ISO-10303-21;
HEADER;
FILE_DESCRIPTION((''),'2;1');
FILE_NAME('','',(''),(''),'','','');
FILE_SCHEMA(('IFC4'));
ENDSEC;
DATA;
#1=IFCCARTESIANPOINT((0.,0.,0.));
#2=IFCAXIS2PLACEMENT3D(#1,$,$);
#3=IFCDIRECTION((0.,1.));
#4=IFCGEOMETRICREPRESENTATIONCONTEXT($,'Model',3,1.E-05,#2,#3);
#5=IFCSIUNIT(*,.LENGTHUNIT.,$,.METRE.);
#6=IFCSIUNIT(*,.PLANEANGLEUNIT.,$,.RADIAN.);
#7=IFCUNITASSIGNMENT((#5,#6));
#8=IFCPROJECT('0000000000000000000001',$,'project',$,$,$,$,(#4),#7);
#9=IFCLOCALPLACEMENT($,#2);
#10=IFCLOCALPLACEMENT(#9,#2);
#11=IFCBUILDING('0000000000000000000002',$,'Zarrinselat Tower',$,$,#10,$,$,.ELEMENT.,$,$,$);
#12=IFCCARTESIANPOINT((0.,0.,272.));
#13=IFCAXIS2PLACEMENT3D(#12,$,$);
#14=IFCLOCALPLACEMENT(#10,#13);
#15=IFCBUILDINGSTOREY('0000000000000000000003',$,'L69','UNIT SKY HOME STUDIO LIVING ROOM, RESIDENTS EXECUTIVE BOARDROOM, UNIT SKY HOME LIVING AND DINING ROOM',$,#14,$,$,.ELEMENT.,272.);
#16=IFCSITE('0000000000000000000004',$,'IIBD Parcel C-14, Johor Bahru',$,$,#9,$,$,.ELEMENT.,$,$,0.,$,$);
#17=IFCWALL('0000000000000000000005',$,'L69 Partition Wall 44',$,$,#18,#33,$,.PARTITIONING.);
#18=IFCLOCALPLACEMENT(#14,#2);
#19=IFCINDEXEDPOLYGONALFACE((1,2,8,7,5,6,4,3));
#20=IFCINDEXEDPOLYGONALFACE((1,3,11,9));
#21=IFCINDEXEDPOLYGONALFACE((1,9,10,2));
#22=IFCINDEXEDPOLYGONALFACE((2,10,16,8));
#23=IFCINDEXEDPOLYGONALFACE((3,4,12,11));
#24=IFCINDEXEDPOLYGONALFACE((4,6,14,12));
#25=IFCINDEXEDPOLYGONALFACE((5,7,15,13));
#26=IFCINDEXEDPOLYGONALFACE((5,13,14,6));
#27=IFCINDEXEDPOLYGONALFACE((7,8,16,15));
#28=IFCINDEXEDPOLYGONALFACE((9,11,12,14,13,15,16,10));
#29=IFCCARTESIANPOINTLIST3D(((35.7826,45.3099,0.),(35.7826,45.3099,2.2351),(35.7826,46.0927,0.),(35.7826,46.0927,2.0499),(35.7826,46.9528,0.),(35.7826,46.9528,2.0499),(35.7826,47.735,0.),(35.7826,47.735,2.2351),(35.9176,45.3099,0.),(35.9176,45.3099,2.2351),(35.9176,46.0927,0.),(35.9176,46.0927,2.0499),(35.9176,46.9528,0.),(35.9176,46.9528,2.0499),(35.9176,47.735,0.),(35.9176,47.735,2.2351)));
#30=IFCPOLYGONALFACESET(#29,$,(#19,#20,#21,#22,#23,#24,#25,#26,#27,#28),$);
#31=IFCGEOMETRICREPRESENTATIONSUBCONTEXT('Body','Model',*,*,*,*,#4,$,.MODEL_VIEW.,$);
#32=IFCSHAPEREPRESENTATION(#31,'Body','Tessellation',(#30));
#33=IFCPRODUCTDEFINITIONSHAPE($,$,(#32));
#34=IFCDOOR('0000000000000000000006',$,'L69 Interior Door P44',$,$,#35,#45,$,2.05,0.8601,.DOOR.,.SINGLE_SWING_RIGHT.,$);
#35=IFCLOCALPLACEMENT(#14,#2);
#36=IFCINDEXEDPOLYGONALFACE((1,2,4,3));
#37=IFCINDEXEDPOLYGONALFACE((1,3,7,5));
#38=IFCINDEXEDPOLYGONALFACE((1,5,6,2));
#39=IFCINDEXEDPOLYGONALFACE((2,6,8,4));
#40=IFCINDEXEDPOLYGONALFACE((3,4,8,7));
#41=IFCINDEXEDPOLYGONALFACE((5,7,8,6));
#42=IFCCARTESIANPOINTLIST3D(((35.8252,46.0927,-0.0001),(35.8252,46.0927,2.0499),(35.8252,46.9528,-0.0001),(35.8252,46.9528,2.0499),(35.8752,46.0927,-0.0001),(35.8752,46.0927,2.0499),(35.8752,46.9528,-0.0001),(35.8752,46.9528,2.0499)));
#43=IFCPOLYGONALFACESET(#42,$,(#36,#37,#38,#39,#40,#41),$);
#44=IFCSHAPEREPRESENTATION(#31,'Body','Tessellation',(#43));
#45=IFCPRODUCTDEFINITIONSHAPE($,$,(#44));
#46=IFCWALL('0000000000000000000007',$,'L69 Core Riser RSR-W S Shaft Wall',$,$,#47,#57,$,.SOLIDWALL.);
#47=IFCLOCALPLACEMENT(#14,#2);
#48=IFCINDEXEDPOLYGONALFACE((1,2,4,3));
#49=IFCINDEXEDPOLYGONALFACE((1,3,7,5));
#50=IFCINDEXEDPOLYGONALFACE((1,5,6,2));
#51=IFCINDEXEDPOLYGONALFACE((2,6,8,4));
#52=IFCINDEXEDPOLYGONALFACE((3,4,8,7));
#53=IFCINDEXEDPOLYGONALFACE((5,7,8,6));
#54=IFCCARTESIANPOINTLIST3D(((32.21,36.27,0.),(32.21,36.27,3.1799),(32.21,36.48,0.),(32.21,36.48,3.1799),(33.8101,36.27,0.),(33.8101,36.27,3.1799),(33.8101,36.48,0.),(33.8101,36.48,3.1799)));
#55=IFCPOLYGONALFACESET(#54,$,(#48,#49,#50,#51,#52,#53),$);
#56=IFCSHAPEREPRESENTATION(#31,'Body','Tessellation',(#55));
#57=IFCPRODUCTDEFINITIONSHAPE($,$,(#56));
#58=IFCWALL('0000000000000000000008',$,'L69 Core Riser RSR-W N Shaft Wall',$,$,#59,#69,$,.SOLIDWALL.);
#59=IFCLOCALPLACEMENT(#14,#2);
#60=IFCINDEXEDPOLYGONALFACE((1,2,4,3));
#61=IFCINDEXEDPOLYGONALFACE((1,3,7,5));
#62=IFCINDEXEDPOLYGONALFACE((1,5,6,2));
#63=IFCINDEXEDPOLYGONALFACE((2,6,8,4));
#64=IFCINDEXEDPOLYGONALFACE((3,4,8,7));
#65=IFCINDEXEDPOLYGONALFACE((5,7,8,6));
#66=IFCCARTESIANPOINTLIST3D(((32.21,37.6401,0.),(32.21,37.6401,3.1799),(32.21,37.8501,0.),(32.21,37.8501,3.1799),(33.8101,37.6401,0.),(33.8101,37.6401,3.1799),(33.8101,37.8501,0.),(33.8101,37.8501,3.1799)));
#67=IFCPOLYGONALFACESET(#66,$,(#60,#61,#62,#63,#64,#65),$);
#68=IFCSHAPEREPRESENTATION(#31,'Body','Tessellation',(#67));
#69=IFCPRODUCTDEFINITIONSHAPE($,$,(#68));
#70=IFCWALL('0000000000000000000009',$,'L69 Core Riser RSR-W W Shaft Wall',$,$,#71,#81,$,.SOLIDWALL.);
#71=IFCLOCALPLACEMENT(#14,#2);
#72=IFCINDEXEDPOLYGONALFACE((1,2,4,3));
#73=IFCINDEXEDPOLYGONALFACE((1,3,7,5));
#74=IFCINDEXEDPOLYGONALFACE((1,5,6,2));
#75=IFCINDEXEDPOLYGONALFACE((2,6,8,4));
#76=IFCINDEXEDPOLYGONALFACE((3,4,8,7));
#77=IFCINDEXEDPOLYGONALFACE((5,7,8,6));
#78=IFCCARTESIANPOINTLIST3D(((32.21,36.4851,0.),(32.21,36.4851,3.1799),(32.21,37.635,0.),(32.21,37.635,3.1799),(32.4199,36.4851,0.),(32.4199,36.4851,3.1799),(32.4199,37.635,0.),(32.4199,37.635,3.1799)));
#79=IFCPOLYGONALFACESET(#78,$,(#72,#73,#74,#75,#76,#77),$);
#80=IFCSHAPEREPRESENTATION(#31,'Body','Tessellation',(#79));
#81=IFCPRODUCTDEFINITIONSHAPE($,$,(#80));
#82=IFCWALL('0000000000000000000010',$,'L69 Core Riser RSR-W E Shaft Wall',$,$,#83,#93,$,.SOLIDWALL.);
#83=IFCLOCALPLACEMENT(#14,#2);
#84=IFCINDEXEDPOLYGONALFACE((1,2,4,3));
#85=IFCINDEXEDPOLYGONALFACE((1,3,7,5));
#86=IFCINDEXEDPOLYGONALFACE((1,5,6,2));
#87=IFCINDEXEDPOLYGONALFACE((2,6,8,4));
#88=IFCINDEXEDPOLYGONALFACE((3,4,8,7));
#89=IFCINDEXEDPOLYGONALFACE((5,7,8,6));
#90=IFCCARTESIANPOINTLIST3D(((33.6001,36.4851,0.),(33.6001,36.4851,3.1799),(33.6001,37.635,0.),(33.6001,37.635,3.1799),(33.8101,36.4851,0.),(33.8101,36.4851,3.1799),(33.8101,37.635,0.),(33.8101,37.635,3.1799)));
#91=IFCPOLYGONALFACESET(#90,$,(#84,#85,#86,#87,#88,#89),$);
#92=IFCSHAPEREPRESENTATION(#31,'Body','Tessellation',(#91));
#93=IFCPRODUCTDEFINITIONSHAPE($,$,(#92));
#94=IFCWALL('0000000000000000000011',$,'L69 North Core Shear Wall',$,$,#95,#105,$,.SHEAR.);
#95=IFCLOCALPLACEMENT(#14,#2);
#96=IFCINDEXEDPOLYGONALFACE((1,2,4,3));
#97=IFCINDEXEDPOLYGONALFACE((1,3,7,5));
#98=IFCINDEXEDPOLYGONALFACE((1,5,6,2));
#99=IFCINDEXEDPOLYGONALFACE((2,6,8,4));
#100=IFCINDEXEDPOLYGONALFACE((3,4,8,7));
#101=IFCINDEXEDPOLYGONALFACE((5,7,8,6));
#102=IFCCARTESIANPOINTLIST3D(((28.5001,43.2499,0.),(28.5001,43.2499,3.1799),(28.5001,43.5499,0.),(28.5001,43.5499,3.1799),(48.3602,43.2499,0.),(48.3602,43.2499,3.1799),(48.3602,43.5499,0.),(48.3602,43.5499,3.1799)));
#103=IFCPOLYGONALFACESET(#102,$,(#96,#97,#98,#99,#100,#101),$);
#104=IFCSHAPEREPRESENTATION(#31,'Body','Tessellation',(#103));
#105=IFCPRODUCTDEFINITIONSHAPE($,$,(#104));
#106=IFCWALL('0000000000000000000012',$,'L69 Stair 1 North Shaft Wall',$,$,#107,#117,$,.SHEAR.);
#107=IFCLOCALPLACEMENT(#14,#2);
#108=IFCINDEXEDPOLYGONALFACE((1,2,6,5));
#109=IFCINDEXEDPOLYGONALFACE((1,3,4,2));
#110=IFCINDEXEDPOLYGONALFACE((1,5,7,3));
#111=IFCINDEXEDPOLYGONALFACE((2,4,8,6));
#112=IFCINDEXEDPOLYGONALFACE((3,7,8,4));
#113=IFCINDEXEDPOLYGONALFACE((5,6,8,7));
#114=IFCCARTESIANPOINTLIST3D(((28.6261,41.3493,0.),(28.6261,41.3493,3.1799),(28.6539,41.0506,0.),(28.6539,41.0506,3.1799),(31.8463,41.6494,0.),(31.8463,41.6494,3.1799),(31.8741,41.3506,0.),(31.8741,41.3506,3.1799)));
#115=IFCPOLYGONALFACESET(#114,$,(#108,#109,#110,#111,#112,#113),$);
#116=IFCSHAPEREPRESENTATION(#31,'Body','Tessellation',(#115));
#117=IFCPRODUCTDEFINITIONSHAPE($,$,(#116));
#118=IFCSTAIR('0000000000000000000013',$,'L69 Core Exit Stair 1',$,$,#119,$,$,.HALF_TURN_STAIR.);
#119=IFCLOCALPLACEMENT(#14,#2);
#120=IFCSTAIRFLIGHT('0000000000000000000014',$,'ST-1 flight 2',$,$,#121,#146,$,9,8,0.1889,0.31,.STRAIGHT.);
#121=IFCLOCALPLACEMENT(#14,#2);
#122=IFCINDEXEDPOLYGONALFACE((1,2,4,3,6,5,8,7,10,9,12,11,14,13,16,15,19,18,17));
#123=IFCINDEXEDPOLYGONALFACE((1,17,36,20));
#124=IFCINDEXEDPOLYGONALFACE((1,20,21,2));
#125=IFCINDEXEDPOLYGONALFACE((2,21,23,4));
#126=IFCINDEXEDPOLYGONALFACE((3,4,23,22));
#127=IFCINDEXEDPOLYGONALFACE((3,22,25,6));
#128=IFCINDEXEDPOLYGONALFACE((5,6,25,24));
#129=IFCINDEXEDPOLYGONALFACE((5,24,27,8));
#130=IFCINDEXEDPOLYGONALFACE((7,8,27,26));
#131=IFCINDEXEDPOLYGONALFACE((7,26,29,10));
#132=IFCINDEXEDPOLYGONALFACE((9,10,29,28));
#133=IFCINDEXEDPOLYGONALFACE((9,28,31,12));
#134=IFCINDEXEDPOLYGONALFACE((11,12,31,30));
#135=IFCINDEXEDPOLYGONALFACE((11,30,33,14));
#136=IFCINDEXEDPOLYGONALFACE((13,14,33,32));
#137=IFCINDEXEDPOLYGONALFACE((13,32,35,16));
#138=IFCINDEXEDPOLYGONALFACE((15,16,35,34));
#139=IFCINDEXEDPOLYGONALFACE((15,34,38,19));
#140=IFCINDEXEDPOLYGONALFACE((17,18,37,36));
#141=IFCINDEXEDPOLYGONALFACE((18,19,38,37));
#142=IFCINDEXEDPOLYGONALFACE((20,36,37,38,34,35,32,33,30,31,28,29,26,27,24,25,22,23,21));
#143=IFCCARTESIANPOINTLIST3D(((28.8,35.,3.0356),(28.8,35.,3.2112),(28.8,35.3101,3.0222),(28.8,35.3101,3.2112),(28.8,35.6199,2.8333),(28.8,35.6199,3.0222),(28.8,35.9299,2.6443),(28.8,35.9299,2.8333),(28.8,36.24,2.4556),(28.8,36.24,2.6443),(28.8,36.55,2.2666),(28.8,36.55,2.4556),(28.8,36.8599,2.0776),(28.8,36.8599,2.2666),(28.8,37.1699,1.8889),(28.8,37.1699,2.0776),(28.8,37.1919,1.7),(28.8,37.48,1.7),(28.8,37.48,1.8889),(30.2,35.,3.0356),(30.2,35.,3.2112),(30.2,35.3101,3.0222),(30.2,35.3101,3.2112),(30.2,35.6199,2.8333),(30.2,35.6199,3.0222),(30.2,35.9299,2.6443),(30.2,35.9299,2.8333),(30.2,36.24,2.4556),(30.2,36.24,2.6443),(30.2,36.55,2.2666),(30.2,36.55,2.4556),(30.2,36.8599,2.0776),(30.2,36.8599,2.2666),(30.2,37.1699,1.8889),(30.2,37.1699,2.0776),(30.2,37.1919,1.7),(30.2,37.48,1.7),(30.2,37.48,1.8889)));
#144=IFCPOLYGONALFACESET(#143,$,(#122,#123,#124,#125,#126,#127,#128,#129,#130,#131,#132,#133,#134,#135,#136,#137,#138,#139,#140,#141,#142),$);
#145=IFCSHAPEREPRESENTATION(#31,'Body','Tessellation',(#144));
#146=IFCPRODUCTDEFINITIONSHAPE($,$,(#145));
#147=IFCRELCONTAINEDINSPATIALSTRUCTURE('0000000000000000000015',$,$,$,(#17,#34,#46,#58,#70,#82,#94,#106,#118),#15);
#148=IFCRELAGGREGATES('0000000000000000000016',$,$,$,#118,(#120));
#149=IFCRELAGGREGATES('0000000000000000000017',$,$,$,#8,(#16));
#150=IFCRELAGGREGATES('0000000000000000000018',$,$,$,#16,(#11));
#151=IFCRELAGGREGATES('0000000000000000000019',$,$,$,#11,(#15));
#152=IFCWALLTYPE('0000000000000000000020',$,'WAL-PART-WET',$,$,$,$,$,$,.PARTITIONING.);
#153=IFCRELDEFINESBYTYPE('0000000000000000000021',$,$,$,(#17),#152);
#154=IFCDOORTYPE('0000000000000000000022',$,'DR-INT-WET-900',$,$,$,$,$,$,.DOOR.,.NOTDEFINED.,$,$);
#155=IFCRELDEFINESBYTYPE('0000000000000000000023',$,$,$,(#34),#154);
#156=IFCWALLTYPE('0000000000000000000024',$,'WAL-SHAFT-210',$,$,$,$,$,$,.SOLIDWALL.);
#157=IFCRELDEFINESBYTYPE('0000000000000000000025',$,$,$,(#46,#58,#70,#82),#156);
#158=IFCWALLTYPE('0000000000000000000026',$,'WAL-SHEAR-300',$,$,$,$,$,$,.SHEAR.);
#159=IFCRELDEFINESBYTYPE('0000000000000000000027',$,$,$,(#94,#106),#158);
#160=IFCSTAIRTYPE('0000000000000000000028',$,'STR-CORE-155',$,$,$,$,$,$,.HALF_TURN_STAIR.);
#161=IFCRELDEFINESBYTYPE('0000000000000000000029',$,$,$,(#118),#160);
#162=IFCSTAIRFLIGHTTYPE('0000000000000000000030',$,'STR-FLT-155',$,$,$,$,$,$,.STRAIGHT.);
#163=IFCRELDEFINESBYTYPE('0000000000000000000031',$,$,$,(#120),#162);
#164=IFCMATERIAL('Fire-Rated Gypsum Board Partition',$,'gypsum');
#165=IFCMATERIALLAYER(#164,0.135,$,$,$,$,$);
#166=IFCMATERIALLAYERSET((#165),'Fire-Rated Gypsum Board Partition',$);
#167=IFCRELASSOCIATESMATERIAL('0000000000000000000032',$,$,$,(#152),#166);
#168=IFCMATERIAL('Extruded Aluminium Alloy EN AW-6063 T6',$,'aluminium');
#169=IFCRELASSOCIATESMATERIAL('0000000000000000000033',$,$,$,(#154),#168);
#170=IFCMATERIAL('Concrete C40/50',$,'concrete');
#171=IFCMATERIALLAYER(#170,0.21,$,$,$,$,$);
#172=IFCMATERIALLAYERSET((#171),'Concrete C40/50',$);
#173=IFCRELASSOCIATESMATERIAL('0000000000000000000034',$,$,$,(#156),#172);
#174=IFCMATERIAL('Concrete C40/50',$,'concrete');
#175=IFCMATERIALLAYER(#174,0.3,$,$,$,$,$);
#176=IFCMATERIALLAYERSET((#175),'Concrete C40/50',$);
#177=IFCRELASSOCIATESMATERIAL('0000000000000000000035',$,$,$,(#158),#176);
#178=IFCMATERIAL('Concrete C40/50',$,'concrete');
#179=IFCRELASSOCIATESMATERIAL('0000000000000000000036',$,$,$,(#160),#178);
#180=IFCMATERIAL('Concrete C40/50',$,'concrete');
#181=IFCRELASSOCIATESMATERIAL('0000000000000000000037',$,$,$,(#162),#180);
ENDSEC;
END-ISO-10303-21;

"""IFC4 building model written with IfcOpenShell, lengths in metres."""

from ifc_helpers import new_model, si_unit, direction, frame, frame_2d, origin, place, context, subcontext, project, spatial, polyline, rectangle, outline, extrude, material, layer, layer_set, type_object, element, fill, aggregate, save


model = new_model("IFC4")

# Units and contexts
model_context = context("Model", 3, precision=1e-05, world=origin(), true_north=direction((0.0, 1.0)))
body_context = subcontext(model_context, "Body", "Model", "MODEL_VIEW")
ifc_project = project(units=[si_unit("LENGTHUNIT", "METRE"), si_unit("PLANEANGLEUNIT", "RADIAN")], contexts=[model_context])

# Site, building, storey
site_placement = place(None, origin())
site = spatial("IfcSite", under=ifc_project, at=site_placement, Name="IIBD Parcel C-14, Johor Bahru", CompositionType="ELEMENT", RefElevation=0.0)
building_placement = place(site_placement, origin())
building = spatial("IfcBuilding", under=site, at=building_placement, Name="Zarrinselat Tower", CompositionType="ELEMENT")
storey_placement = place(building_placement, frame((0.0, 0.0, 272.0)))
storey = spatial("IfcBuildingStorey", under=building, at=storey_placement, Name="L69", Description="UNIT SKY HOME STUDIO LIVING ROOM, RESIDENTS EXECUTIVE BOARDROOM, UNIT SKY HOME LIVING AND DINING ROOM", CompositionType="ELEMENT", Elevation=272.0)

# Wall, opening, door
ifc_material_1 = material(Name="Fire-Rated Gypsum Board Partition", Category="gypsum")
ifc_layer_1 = layer(ifc_material_1, 0.135)
ifc_layer_set_1 = layer_set([ifc_layer_1], Name="Fire-Rated Gypsum Board Partition")
wall_type_1 = type_object("IfcWallType", Name="WAL-PART-WET", PredefinedType="PARTITIONING", material=ifc_layer_set_1)
wall_1_placement = place(storey_placement, frame((35.8501, 45.3101, 0.0), z_axis=(0.0, 0.0, 1.0), x_axis=(0.0, 1.0, 0.0)))
wall_1 = element("IfcWall", 1, at=wall_1_placement, inside=storey, type_object=wall_type_1, Name="L69 Partition Wall 44", PredefinedType="PARTITIONING", context=body_context, shape_type="SweptSolid", body=[
    extrude(rectangle(XDim=2.425, YDim=0.135, at=frame_2d((1.2124, 0.0))), origin(), (0.0, 0.0, 1.0), 2.2351),
])
opening_placement = place(wall_1_placement, frame((0.7825, 0.0, 0.0)))
opening = element("IfcOpeningElement", 2, at=opening_placement, cuts=wall_1, PredefinedType="OPENING", context=body_context, shape_type="SweptSolid", body=[
    extrude(rectangle(XDim=0.8601, YDim=2.05, at=frame_2d((0.4302, 1.0249))), frame((0.0, 0.0774, 0.0), z_axis=(0.0, -1.0, 0.0), x_axis=(1.0, 0.0, 0.0)), (0.0, 0.0, 1.0), 0.155),
])
ifc_material_2 = material(Name="Extruded Aluminium Alloy EN AW-6063 T6", Category="aluminium")
door_type = type_object("IfcDoorType", Name="DR-INT-WET-900", OperationType="NOTDEFINED", PredefinedType="DOOR", material=ifc_material_2)
door_placement = place(opening_placement, origin())
door = element("IfcDoor", 3, at=door_placement, inside=storey, type_object=door_type, Name="L69 Interior Door P44", OperationType="SINGLE_SWING_RIGHT", OverallHeight=2.05, OverallWidth=0.8601, PredefinedType="DOOR", context=body_context, shape_type="SweptSolid", body=[
    extrude(rectangle(XDim=0.8601, YDim=2.05, at=frame_2d((0.4302, 1.0249))), frame((0.0, 0.0249, 0.0), z_axis=(0.0, -1.0, 0.0), x_axis=(1.0, 0.0, 0.0)), (0.0, 0.0, 1.0), 0.05),
])
fill(opening, door)

# Walls
ifc_material_3 = material(Name="Concrete C40/50", Category="concrete")
ifc_layer_2 = layer(ifc_material_3, 0.21)
ifc_layer_set_2 = layer_set([ifc_layer_2], Name="Concrete C40/50")
wall_type_2 = type_object("IfcWallType", Name="WAL-SHAFT-210", PredefinedType="SOLIDWALL", material=ifc_layer_set_2)
for number, where, z_axis, x_axis, name in (
    (4, (32.21, 36.375, 0.0), (0.0, 0.0, 1.0), (1.0, 0.0, 0.0), "L69 Core Riser RSR-W S Shaft Wall"),
    (5, (32.21, 37.7451, 0.0), (0.0, 0.0, 1.0), (1.0, 0.0, 0.0), "L69 Core Riser RSR-W N Shaft Wall"),
):
    element("IfcWall", number, at=place(storey_placement, frame(where, z_axis=z_axis, x_axis=x_axis)), inside=storey, type_object=wall_type_2, Name=name, PredefinedType="SOLIDWALL", context=body_context, shape_type="SweptSolid", body=[
        extrude(rectangle(XDim=1.6001, YDim=0.21, at=frame_2d((0.8, 0.0))), origin(), (0.0, 0.0, 1.0), 3.1799),
    ])
for number, where, z_axis, x_axis, name in (
    (6, (32.3149, 36.4851, 0.0), (0.0, 0.0, 1.0), (0.0, 1.0, 0.0), "L69 Core Riser RSR-W W Shaft Wall"),
    (7, (33.7051, 36.4851, 0.0), (0.0, 0.0, 1.0), (0.0, 1.0, 0.0), "L69 Core Riser RSR-W E Shaft Wall"),
):
    element("IfcWall", number, at=place(storey_placement, frame(where, z_axis=z_axis, x_axis=x_axis)), inside=storey, type_object=wall_type_2, Name=name, PredefinedType="SOLIDWALL", context=body_context, shape_type="SweptSolid", body=[
        extrude(rectangle(XDim=1.1499, YDim=0.21, at=frame_2d((0.575, 0.0))), origin(), (0.0, 0.0, 1.0), 3.1799),
    ])
ifc_material_4 = material(Name="Concrete C40/50", Category="concrete")
ifc_layer_3 = layer(ifc_material_4, 0.3)
ifc_layer_set_3 = layer_set([ifc_layer_3], Name="Concrete C40/50")
wall_type_3 = type_object("IfcWallType", Name="WAL-SHEAR-300", PredefinedType="SHEAR", material=ifc_layer_set_3)
wall_2_placement = place(storey_placement, frame((28.5, 43.3999, 0.0), z_axis=(0.0, 0.0, 1.0), x_axis=(1.0, 0.0, 0.0)))
element("IfcWall", 8, at=wall_2_placement, inside=storey, type_object=wall_type_3, Name="L69 North Core Shear Wall", PredefinedType="SHEAR", context=body_context, shape_type="SweptSolid", body=[
    extrude(rectangle(XDim=19.8601, YDim=0.3, at=frame_2d((9.9302, 0.0))), origin(), (0.0, 0.0, 1.0), 3.1799),
])
wall_3_placement = place(storey_placement, frame((28.6399, 41.2, 0.0), z_axis=(0.0, 0.0, 1.0), x_axis=(0.995687, 0.092775, 0.0)))
element("IfcWall", 9, at=wall_3_placement, inside=storey, type_object=wall_type_3, Name="L69 Stair 1 North Shaft Wall", PredefinedType="SHEAR", context=body_context, shape_type="SweptSolid", body=[
    extrude(rectangle(XDim=3.2341, YDim=0.3, at=frame_2d((1.6172, 0.0))), origin(), (0.0, 0.0, 1.0), 3.1799),
])

# Stair, stair flight
ifc_material_5 = material(Name="Concrete C40/50", Category="concrete")
stair_type = type_object("IfcStairType", Name="STR-CORE-155", PredefinedType="HALF_TURN_STAIR", material=ifc_material_5)
stair_placement = place(storey_placement, origin())
stair = element("IfcStair", 10, at=stair_placement, inside=storey, type_object=stair_type, Name="L69 Core Exit Stair 1", PredefinedType="HALF_TURN_STAIR")
ifc_material_6 = material(Name="Concrete C40/50", Category="concrete")
stair_flight_type = type_object("IfcStairFlightType", Name="STR-FLT-155", PredefinedType="STRAIGHT", material=ifc_material_6)
stair_flight_placement = place(storey_placement, frame((29.5, 37.48, 1.7), z_axis=(0.0, 0.0, 1.0), x_axis=(0.0, -1.0, 0.0)))
stair_flight = element("IfcStairFlight", 11, at=stair_flight_placement, type_object=stair_flight_type, Name="ST-1 flight 2", NumberOfRisers=9, NumberOfTreads=8, PredefinedType="STRAIGHT", RiserHeight=0.1889, TreadLength=0.31, context=body_context, shape_type="SweptSolid", body=[
    extrude(outline(polyline([(0.0, 0.0), (0.0, 0.189), (0.3101, 0.189), (0.3101, 0.3777), (0.6201, 0.3777), (0.6201, 0.5667), (0.9299, 0.5667), (0.9299, 0.7556), (1.24, 0.7556), (1.24, 0.9443), (1.55, 0.9443), (1.55, 1.1333), (1.8601, 1.1333), (1.8601, 1.3223), (2.1699, 1.3223), (2.1699, 1.5112), (2.48, 1.5112), (2.48, 1.7), (2.48, 1.3357), (0.2881, 0.0), (0.0, 0.0)])), frame((0.0, 0.7, 0.0), z_axis=(0.0, -1.0, 0.0), x_axis=(1.0, 0.0, 0.0)), (0.0, 0.0, 1.0), 1.3999),
])
aggregate(stair, [stair_flight])

save(model, "model.ifc")
